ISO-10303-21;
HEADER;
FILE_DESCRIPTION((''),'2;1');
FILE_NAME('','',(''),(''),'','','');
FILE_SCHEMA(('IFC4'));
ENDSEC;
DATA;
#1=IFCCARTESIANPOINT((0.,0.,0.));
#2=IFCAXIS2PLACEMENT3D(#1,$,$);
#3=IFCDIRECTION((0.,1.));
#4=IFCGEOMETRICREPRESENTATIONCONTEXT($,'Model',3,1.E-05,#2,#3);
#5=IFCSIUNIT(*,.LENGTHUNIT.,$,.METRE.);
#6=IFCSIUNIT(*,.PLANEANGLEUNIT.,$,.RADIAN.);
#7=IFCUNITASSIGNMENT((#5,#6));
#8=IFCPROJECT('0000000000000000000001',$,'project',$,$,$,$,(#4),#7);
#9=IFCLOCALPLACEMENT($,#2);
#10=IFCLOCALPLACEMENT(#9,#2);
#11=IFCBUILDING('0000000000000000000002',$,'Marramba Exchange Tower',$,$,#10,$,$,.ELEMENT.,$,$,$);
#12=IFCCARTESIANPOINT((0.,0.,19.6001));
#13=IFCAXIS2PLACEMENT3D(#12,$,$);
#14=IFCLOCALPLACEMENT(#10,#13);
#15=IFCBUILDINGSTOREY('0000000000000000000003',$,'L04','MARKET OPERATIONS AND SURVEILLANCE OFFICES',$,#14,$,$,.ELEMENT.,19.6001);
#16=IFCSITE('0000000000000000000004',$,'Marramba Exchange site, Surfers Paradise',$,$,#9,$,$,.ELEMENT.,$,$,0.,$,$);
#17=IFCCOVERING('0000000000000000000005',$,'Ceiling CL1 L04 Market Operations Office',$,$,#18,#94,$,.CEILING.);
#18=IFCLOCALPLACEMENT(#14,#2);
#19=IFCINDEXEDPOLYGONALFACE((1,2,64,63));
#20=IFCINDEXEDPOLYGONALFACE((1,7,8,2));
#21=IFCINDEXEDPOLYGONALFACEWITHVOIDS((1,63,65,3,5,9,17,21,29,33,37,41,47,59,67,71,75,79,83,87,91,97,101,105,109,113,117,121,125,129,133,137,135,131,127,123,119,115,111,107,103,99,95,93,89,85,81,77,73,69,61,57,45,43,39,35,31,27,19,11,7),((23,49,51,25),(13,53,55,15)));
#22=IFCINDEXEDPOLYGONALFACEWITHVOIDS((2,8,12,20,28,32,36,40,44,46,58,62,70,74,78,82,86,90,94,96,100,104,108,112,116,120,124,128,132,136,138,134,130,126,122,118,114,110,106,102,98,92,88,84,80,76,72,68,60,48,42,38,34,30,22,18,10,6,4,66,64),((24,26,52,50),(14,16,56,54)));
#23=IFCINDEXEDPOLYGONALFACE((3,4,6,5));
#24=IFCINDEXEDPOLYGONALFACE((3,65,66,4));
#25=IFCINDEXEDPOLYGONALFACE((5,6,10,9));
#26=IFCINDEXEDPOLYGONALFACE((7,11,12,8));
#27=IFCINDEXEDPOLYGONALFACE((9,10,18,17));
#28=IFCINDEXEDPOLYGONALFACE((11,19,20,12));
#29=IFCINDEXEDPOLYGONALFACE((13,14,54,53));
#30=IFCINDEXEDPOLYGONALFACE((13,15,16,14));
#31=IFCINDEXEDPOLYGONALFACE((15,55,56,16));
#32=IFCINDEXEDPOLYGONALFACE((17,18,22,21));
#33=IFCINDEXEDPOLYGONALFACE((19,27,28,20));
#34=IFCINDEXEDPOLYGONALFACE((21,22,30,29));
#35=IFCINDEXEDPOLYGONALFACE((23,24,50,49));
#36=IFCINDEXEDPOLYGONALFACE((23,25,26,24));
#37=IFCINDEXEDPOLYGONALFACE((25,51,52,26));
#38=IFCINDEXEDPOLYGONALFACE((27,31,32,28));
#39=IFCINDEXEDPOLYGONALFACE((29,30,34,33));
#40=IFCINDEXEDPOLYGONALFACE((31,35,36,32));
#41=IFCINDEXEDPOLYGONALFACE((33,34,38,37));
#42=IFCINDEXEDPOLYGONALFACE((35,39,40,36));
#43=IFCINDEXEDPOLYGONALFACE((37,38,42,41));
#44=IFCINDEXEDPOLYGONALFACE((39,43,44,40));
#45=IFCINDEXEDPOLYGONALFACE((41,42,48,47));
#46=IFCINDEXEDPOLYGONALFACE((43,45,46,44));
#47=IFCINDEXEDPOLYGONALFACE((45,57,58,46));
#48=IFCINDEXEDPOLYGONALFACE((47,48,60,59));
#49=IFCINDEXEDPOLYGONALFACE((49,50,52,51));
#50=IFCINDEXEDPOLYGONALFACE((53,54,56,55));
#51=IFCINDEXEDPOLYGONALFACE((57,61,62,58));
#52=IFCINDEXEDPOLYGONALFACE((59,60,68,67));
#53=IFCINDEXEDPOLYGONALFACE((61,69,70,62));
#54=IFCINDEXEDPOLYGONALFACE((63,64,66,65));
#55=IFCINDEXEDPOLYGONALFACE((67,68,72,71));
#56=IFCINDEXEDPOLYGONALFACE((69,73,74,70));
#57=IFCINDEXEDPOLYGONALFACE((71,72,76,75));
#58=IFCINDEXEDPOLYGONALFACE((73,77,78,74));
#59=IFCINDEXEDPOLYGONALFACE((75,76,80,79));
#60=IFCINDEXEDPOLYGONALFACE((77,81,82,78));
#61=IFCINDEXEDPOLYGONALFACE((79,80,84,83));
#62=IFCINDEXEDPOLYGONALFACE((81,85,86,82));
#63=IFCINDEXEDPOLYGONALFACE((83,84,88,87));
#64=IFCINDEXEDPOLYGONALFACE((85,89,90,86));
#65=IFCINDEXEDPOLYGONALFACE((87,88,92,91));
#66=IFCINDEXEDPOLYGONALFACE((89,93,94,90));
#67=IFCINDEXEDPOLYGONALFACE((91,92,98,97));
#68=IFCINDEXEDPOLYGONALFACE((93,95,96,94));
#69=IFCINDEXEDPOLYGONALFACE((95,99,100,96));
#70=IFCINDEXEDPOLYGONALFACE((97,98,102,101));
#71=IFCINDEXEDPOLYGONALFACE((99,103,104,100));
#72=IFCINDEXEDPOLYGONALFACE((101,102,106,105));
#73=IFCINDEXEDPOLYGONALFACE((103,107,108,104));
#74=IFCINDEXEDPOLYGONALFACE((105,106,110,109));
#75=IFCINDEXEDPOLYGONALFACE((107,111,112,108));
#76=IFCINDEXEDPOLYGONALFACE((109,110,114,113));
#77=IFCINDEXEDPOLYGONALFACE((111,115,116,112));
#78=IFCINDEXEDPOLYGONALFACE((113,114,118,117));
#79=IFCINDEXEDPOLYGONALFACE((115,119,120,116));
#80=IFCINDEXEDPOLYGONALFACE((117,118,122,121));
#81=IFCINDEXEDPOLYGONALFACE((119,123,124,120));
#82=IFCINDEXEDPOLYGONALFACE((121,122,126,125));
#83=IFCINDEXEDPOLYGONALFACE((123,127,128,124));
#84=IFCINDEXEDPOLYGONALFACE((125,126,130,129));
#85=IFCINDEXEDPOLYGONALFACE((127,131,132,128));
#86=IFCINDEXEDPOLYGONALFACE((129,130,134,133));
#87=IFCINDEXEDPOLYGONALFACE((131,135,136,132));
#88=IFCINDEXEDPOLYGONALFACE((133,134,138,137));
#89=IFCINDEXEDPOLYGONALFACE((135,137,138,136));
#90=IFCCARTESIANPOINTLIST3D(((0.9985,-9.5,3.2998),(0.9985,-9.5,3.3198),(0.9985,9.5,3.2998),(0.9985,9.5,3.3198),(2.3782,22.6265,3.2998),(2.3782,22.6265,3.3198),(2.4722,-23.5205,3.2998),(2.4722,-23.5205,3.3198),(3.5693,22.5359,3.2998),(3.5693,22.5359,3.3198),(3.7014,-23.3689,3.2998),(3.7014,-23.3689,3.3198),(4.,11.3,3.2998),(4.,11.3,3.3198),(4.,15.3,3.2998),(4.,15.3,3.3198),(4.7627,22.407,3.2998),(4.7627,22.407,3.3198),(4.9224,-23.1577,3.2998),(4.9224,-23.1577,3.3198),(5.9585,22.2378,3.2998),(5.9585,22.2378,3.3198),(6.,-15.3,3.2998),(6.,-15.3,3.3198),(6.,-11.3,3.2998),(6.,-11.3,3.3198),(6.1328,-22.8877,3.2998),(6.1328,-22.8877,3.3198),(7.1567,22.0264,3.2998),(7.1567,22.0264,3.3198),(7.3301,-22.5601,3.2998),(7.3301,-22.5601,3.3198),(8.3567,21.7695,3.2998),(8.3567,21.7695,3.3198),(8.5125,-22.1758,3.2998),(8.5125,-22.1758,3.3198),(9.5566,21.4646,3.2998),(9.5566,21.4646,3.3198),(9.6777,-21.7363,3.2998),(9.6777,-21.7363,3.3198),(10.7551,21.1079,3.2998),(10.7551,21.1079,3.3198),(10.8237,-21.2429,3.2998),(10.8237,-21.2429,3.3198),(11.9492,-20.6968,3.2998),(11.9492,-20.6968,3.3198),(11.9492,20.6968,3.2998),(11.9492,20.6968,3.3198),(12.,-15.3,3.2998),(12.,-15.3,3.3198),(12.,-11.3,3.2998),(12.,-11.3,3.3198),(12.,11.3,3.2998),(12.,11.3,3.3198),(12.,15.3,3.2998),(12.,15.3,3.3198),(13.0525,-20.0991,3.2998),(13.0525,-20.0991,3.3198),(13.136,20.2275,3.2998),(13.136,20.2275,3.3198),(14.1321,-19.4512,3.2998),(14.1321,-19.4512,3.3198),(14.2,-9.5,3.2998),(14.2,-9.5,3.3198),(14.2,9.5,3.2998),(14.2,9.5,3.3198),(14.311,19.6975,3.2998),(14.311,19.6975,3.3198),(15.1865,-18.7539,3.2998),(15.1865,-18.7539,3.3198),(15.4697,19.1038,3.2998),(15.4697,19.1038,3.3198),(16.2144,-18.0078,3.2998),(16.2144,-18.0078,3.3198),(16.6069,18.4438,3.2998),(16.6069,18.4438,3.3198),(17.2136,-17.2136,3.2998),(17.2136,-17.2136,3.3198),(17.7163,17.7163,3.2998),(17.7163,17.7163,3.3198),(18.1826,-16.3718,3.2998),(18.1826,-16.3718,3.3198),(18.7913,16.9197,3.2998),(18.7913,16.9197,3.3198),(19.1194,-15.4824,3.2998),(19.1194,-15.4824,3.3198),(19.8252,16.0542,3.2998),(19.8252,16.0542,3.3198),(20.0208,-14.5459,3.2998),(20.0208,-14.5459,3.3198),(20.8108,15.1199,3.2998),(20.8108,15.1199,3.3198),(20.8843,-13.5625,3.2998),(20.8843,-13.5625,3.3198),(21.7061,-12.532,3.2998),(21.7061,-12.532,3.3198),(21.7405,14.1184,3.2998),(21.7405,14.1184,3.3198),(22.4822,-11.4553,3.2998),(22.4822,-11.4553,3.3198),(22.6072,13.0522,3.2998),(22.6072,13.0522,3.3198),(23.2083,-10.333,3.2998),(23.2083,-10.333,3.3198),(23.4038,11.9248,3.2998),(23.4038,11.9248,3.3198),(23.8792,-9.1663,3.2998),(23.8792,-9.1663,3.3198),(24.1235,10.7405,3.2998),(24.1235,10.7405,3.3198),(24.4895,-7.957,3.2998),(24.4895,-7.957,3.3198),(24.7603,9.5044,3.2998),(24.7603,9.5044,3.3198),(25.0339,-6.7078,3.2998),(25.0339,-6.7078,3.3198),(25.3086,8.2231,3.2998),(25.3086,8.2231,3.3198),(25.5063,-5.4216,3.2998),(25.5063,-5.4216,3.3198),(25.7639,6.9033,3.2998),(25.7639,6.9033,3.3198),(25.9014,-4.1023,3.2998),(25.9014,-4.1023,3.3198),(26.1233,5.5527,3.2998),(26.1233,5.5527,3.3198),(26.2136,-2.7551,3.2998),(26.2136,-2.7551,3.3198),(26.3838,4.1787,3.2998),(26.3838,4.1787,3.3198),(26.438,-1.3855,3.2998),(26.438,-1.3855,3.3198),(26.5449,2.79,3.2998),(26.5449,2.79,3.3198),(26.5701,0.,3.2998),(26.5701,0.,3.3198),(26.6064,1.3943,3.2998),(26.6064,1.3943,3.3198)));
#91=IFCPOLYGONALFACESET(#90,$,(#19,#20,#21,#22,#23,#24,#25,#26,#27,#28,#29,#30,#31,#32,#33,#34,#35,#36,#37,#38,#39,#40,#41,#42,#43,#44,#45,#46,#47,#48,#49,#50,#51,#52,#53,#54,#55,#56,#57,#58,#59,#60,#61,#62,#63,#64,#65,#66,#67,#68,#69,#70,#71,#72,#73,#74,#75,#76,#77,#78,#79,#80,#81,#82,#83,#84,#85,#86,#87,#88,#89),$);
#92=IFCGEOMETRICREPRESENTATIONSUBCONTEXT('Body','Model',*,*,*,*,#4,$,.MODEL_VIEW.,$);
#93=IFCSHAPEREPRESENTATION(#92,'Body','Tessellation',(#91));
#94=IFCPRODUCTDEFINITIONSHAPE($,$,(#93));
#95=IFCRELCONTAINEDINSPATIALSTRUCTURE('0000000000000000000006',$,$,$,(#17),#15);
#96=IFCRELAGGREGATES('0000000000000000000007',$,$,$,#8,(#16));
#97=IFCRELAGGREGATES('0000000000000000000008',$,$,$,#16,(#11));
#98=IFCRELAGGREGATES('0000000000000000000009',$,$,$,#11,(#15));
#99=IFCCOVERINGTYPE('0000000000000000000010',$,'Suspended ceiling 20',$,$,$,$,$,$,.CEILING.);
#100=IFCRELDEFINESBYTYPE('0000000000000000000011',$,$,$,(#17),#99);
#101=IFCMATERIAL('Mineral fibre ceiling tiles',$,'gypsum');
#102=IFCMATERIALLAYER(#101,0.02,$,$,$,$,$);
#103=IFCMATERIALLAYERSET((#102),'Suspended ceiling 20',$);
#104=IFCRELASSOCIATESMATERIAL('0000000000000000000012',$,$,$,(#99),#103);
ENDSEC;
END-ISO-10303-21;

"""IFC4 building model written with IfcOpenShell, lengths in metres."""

from ifc_helpers import new_model, si_unit, direction, frame, origin, place, context, subcontext, project, spatial, polyline, outline, extrude, material, layer, layer_set, type_object, element, save


model = new_model("IFC4")

# Units and contexts
model_context = context("Model", 3, precision=1e-05, world=origin(), true_north=direction((0.0, 1.0)))
body_context = subcontext(model_context, "Body", "Model", "MODEL_VIEW")
ifc_project = project(units=[si_unit("LENGTHUNIT", "METRE"), si_unit("PLANEANGLEUNIT", "RADIAN")], contexts=[model_context])

# Site, building, storey
site_placement = place(None, origin())
site = spatial("IfcSite", under=ifc_project, at=site_placement, Name="Marramba Exchange site, Surfers Paradise", CompositionType="ELEMENT", RefElevation=0.0)
building_placement = place(site_placement, origin())
building = spatial("IfcBuilding", under=site, at=building_placement, Name="Marramba Exchange Tower", CompositionType="ELEMENT")
storey_placement = place(building_placement, frame((0.0, 0.0, 19.6001)))
storey = spatial("IfcBuildingStorey", under=building, at=storey_placement, Name="L04", Description="MARKET OPERATIONS AND SURVEILLANCE OFFICES", CompositionType="ELEMENT", Elevation=19.6001)

# Covering
ifc_material_1 = material(Name="Mineral fibre ceiling tiles", Category="gypsum")
ifc_layer_1 = layer(ifc_material_1, 0.02)
ifc_layer_set_1 = layer_set([ifc_layer_1], Name="Suspended ceiling 20")
covering_type_1 = type_object("IfcCoveringType", Name="Suspended ceiling 20", PredefinedType="CEILING", material=ifc_layer_set_1)
covering_1_placement = place(storey_placement, frame((0.0, 0.0, 3.2998)))
element("IfcCovering", 1, at=covering_1_placement, inside=storey, type_object=covering_type_1, Name="Ceiling CL1 L04 Market Operations Office", PredefinedType="CEILING", context=body_context, shape_type="SweptSolid", body=[
    extrude(outline(polyline([(14.2, 9.5), (0.9985, 9.5), (2.3782, 22.6265), (3.5693, 22.5359), (4.7627, 22.407), (5.9585, 22.2378), (7.1567, 22.0264), (8.3567, 21.7695), (9.5566, 21.4646), (10.7551, 21.1079), (11.9492, 20.6968), (13.136, 20.2275), (14.311, 19.6975), (15.4697, 19.1038), (16.6069, 18.4438), (17.7163, 17.7163), (18.7913, 16.9197), (19.8252, 16.0542), (20.8108, 15.1199), (21.7405, 14.1184), (22.6072, 13.0522), (23.4038, 11.9248), (24.1235, 10.7405), (24.7603, 9.5044), (25.3086, 8.2231), (25.7639, 6.9033), (26.1233, 5.5527), (26.3838, 4.1787), (26.5449, 2.79), (26.6064, 1.3943), (26.5701, 0.0), (26.438, -1.3855), (26.2136, -2.7551), (25.9014, -4.1023), (25.5063, -5.4216), (25.0339, -6.7078), (24.4895, -7.957), (23.8792, -9.1663), (23.2083, -10.333), (22.4822, -11.4553), (21.7061, -12.532), (20.8843, -13.5625), (20.0208, -14.5459), (19.1194, -15.4824), (18.1826, -16.3718), (17.2136, -17.2136), (16.2144, -18.0078), (15.1865, -18.7539), (14.1321, -19.4512), (13.0525, -20.0991), (11.9492, -20.6968), (10.8237, -21.2429), (9.6777, -21.7363), (8.5125, -22.1758), (7.3301, -22.5601), (6.1328, -22.8877), (4.9224, -23.1577), (3.7014, -23.3689), (2.4722, -23.5205), (0.9985, -9.5), (14.2, -9.5), (14.2, 9.5)]), holes=[polyline([(12.0, -15.3), (12.0, -11.3), (6.0, -11.3), (6.0, -15.3), (12.0, -15.3)]), polyline([(12.0, 11.3), (12.0, 15.3), (4.0, 15.3), (4.0, 11.3), (12.0, 11.3)])]), origin(), (0.0, 0.0, 1.0), 0.02),
])

save(model, "model.ifc")
